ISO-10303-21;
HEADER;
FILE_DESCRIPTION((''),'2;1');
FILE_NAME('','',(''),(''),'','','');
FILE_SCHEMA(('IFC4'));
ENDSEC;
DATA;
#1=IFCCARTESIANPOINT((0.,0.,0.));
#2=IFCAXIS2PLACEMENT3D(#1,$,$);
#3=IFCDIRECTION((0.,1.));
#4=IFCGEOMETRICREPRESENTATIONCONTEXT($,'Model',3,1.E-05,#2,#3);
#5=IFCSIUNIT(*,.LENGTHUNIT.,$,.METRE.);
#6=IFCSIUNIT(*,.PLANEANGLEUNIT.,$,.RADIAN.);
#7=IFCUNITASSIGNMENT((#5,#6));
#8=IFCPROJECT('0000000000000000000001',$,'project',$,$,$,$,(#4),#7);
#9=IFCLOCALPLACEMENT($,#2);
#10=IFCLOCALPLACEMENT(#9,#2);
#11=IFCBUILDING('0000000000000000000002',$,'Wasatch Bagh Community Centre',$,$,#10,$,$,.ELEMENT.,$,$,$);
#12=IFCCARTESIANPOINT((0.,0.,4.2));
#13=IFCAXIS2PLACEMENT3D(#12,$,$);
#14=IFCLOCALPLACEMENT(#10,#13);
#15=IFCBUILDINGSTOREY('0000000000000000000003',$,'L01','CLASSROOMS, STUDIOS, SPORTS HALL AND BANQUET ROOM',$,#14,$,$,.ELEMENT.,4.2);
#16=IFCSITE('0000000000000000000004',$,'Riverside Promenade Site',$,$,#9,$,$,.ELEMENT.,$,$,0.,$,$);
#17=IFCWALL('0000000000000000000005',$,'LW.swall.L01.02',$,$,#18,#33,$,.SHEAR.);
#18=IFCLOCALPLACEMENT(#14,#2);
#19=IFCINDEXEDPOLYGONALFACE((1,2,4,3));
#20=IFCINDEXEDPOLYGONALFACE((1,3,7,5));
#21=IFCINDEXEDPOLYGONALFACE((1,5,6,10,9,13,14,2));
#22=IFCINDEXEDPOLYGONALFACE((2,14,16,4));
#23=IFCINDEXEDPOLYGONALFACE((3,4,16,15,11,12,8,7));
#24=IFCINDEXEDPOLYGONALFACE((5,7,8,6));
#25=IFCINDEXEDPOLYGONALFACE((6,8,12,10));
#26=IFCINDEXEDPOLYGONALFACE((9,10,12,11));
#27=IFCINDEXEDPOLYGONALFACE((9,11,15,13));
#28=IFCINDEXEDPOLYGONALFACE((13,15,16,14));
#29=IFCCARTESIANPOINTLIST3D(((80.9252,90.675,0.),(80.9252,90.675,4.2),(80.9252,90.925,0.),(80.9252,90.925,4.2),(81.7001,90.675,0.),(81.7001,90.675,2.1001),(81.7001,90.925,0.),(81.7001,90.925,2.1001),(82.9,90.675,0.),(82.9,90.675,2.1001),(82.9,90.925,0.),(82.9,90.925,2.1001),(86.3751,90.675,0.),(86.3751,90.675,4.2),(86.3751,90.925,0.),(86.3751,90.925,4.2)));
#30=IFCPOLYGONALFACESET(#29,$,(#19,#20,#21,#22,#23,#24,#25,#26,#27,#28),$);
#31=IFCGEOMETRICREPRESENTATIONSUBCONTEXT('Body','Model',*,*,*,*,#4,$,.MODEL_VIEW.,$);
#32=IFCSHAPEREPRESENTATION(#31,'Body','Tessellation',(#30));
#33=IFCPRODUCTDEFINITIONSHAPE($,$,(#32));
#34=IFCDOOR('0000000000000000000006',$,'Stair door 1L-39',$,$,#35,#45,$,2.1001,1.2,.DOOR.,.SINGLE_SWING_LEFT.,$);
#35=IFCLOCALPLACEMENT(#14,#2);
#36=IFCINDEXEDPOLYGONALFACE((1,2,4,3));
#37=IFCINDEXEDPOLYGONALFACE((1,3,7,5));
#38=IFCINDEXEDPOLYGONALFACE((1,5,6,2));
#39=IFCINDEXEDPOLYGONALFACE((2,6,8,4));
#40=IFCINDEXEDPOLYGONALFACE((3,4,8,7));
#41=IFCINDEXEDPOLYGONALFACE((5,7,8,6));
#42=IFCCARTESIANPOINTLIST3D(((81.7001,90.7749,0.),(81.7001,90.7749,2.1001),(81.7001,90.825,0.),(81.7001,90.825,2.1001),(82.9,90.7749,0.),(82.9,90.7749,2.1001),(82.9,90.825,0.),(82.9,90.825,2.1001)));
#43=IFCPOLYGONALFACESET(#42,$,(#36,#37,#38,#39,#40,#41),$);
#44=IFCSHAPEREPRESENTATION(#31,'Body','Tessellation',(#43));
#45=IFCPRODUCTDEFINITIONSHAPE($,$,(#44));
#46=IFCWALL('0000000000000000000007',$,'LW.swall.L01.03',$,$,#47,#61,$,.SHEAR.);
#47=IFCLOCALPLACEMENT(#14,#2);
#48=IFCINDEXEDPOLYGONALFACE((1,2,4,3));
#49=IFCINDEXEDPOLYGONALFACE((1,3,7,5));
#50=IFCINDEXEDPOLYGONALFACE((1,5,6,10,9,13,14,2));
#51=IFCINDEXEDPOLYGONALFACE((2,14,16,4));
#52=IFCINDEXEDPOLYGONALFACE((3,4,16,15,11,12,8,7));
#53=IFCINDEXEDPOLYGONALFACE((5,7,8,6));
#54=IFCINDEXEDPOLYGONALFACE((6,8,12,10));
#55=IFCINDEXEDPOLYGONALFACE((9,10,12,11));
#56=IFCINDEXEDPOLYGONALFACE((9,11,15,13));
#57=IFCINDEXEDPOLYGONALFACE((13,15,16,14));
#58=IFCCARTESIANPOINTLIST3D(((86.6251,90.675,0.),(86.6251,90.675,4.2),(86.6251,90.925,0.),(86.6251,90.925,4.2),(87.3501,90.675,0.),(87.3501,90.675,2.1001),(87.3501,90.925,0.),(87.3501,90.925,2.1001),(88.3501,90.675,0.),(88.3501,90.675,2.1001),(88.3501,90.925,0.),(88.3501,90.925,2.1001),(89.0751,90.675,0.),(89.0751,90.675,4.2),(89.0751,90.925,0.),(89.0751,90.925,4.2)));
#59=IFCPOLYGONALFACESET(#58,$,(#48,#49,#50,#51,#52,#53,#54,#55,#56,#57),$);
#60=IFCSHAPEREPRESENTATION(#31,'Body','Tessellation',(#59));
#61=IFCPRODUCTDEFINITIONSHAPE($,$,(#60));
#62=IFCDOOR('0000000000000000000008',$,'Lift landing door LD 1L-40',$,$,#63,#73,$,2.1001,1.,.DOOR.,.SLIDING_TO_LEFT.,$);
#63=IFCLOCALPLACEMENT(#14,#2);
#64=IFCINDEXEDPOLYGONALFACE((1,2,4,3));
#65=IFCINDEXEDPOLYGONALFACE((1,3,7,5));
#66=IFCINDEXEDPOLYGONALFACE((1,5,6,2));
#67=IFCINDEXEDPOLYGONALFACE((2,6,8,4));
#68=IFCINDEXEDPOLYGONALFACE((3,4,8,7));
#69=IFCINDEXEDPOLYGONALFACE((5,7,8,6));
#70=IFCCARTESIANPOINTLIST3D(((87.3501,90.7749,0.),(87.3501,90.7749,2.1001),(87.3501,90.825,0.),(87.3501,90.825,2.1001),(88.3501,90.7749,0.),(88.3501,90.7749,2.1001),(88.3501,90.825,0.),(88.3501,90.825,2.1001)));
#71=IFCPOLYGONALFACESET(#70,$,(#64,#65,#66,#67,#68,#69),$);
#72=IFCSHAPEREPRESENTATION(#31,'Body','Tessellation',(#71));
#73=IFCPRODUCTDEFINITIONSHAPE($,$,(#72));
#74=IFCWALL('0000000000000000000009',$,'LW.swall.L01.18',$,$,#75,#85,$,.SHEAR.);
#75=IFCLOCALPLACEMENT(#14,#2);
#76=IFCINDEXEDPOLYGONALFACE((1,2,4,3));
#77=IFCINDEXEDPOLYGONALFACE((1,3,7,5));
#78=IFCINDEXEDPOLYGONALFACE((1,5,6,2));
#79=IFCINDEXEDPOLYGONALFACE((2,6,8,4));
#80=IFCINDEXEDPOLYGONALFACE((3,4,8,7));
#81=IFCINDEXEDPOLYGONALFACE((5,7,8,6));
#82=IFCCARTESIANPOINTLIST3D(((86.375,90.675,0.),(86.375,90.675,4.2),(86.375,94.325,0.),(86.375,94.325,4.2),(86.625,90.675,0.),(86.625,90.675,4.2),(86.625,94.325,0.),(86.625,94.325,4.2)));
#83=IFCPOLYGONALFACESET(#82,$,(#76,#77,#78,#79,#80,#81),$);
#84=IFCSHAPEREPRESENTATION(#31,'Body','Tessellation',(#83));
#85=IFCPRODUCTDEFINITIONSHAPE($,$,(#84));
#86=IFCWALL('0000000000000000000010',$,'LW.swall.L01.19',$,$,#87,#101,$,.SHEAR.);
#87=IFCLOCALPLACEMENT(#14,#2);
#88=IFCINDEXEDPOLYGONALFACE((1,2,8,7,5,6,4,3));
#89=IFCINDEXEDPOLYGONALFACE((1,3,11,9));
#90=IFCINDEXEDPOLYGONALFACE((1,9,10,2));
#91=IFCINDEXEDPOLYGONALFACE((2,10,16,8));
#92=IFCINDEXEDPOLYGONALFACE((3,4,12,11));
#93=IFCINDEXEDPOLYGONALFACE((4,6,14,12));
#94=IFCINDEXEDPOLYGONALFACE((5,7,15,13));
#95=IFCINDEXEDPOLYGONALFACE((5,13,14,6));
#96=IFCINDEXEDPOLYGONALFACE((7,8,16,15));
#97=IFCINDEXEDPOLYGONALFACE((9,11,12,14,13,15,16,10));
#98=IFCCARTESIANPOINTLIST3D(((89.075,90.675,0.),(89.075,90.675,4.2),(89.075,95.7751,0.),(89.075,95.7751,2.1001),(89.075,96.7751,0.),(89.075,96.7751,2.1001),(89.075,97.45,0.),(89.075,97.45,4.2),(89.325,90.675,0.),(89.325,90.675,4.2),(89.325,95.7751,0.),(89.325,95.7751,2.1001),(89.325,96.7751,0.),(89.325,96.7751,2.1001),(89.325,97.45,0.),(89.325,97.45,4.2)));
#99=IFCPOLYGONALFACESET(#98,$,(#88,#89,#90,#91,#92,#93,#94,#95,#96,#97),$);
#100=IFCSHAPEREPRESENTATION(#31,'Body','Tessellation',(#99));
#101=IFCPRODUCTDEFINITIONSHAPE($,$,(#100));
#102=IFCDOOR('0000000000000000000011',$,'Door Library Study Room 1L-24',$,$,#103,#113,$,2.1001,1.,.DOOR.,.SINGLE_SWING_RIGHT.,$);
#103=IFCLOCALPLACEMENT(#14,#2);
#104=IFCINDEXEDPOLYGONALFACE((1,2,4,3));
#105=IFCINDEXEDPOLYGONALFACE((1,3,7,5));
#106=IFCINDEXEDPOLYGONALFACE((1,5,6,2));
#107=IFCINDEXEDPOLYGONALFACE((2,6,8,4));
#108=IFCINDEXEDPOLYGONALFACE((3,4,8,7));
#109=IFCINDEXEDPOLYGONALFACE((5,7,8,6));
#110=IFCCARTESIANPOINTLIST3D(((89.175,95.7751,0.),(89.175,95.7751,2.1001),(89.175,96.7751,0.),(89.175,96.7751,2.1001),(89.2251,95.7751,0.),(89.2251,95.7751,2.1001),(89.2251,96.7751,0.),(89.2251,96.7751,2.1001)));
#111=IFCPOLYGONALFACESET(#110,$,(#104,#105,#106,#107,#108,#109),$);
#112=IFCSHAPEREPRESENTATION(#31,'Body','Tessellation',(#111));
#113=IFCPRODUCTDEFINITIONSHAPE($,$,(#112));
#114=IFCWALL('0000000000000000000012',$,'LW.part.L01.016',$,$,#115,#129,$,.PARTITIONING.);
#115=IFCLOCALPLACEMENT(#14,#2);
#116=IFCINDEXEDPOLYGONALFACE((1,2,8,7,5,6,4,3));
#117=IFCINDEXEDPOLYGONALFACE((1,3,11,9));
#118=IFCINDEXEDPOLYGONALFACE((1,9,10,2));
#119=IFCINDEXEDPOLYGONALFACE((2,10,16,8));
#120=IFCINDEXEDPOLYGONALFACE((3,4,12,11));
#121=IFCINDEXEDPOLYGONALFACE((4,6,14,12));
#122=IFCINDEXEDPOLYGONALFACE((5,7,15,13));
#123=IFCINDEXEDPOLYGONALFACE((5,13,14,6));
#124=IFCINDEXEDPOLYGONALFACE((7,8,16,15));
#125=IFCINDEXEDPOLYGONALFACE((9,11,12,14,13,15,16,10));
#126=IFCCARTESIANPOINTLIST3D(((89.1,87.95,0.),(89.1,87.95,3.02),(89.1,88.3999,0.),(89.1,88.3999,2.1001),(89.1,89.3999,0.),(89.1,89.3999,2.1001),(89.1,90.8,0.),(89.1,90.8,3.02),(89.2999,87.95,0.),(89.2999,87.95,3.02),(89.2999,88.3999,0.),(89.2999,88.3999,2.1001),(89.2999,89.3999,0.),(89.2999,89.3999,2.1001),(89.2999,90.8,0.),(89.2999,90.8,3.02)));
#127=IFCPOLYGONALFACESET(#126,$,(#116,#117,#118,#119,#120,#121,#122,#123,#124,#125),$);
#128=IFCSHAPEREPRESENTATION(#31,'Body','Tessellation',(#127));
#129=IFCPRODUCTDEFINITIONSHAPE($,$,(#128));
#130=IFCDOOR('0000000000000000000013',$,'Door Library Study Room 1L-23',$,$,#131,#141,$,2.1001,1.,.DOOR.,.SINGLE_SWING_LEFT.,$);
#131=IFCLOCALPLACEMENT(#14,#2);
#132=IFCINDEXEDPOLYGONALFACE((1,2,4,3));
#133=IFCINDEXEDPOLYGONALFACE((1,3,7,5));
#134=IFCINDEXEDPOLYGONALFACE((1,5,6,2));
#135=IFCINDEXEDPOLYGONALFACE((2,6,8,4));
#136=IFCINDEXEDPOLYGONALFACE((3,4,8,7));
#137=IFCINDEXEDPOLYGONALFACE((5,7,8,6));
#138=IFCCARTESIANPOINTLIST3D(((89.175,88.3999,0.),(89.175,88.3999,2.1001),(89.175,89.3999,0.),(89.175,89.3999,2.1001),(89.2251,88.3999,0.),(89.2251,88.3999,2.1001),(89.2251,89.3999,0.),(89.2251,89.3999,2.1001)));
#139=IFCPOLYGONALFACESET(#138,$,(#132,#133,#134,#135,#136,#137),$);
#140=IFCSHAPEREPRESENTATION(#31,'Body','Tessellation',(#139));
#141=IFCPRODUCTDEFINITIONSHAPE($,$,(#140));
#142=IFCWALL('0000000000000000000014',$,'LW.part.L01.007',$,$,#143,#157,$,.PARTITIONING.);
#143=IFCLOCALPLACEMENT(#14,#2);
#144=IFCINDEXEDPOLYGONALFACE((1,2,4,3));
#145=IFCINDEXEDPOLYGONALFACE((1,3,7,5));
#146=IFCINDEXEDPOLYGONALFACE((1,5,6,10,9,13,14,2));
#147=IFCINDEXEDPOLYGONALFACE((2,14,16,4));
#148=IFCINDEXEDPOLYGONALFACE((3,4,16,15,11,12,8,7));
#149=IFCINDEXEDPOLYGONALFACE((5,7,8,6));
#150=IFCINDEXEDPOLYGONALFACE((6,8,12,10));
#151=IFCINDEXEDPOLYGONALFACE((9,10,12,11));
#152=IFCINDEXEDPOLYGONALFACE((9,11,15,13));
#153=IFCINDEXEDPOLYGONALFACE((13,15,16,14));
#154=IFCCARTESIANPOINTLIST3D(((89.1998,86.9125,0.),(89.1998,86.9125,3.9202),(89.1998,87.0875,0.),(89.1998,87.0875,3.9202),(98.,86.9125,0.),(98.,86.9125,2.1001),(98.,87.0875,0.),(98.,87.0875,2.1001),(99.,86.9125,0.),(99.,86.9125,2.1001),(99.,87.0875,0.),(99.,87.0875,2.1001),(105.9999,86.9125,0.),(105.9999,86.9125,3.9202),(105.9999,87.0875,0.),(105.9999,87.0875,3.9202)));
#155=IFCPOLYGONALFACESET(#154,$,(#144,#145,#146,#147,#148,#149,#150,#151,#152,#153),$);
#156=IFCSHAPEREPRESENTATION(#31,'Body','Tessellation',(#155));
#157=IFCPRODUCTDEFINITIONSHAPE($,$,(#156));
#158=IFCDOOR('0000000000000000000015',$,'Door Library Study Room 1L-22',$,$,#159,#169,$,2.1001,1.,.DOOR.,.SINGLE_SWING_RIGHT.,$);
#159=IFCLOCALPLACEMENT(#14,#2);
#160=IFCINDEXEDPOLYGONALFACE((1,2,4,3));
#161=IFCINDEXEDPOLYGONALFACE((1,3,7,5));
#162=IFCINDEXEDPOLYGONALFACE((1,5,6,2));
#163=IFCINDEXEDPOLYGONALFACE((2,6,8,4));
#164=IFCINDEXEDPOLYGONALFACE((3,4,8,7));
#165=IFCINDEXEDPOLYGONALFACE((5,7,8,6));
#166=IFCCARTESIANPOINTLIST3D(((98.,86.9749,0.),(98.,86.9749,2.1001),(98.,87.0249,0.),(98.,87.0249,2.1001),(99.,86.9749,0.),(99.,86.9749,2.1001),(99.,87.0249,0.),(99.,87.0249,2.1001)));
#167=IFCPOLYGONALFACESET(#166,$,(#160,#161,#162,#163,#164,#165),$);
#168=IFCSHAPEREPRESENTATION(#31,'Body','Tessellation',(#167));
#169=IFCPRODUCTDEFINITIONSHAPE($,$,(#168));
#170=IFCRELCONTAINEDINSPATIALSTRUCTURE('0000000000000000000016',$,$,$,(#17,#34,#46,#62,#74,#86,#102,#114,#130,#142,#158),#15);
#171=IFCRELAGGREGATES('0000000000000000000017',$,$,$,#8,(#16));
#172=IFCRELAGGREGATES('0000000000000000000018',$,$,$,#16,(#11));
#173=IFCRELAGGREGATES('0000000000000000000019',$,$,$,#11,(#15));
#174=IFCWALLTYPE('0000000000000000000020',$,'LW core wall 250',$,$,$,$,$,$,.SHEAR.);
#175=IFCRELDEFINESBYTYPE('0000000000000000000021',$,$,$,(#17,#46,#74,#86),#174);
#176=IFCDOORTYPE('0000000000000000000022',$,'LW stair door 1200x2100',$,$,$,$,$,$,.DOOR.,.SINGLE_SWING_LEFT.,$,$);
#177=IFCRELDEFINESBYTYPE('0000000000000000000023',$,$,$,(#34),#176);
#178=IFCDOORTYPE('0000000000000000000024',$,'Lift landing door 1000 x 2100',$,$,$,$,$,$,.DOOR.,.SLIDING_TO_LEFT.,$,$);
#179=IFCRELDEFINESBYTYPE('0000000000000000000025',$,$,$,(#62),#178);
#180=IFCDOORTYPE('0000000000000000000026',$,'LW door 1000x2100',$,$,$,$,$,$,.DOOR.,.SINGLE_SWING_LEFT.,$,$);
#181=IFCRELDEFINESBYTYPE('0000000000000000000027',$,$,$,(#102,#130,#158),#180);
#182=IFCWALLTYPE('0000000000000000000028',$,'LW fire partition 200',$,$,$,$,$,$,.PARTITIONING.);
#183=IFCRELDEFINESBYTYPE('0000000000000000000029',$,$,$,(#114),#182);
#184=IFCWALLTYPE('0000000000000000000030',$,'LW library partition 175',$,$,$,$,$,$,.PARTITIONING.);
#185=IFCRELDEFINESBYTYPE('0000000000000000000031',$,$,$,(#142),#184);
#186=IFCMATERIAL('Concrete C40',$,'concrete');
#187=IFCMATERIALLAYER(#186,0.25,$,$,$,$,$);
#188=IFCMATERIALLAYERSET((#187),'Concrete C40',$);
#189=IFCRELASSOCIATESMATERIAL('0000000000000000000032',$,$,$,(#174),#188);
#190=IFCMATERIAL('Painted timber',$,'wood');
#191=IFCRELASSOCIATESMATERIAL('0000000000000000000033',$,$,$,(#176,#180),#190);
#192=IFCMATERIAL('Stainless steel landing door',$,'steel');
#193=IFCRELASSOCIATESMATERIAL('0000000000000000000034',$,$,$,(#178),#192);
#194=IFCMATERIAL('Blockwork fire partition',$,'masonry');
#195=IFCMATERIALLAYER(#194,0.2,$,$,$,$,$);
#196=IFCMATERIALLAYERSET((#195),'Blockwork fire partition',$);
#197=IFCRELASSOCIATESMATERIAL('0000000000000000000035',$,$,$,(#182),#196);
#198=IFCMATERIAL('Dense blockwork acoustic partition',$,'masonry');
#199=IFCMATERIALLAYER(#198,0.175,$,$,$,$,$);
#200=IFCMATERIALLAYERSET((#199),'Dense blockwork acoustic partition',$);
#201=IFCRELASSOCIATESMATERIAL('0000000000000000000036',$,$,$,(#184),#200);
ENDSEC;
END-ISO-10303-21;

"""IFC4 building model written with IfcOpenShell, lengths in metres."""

from ifc_helpers import new_model, si_unit, direction, frame, frame_2d, origin, place, context, subcontext, project, spatial, rectangle, extrude, material, layer, layer_set, type_object, element, fill, save


model = new_model("IFC4")

# Units and contexts
model_context = context("Model", 3, precision=1e-05, world=origin(), true_north=direction((0.0, 1.0)))
body_context = subcontext(model_context, "Body", "Model", "MODEL_VIEW")
ifc_project = project(units=[si_unit("LENGTHUNIT", "METRE"), si_unit("PLANEANGLEUNIT", "RADIAN")], contexts=[model_context])

# Site, building, storey
site_placement = place(None, origin())
site = spatial("IfcSite", under=ifc_project, at=site_placement, Name="Riverside Promenade Site", CompositionType="ELEMENT", RefElevation=0.0)
building_placement = place(site_placement, origin())
building = spatial("IfcBuilding", under=site, at=building_placement, Name="Wasatch Bagh Community Centre", CompositionType="ELEMENT")
storey_placement = place(building_placement, frame((0.0, 0.0, 4.2)))
storey = spatial("IfcBuildingStorey", under=building, at=storey_placement, Name="L01", Description="CLASSROOMS, STUDIOS, SPORTS HALL AND BANQUET ROOM", CompositionType="ELEMENT", Elevation=4.2)

# Shared definitions
ifc_material_1 = material(Name="Concrete C40", Category="concrete")

# Shared definitions
ifc_material_2 = material(Name="Painted timber", Category="wood")

# Walls, openings, doors
ifc_layer_1 = layer(ifc_material_1, 0.25)
ifc_layer_set_1 = layer_set([ifc_layer_1], Name="Concrete C40")
wall_type_1 = type_object("IfcWallType", Name="LW core wall 250", PredefinedType="SHEAR", material=ifc_layer_set_1)
wall_1_placement = place(storey_placement, frame((80.925, 90.8, 0.0), z_axis=(0.0, 0.0, 1.0), x_axis=(1.0, 0.0, 0.0)))
wall_1 = element("IfcWall", 1, at=wall_1_placement, inside=storey, type_object=wall_type_1, Name="LW.swall.L01.02", PredefinedType="SHEAR", context=body_context, shape_type="SweptSolid", body=[
    extrude(rectangle(XDim=5.45, YDim=0.25, at=frame_2d((2.7251, 0.0))), origin(), (0.0, 0.0, 1.0), 4.2),
])
opening_1_placement = place(wall_1_placement, frame((0.7749, 0.0, 0.0)))
opening_1 = element("IfcOpeningElement", 2, at=opening_1_placement, cuts=wall_1, PredefinedType="OPENING", context=body_context, shape_type="SweptSolid", body=[
    extrude(rectangle(XDim=1.2, YDim=2.1001, at=frame_2d((0.6001, 1.05))), frame((0.0, 0.135, 0.0), z_axis=(0.0, -1.0, 0.0), x_axis=(1.0, 0.0, 0.0)), (0.0, 0.0, 1.0), 0.27),
])
door_type_1 = type_object("IfcDoorType", Name="LW stair door 1200x2100", OperationType="SINGLE_SWING_LEFT", PredefinedType="DOOR", material=ifc_material_2)
door_1_placement = place(opening_1_placement, origin())
door_1 = element("IfcDoor", 3, at=door_1_placement, inside=storey, type_object=door_type_1, Name="Stair door 1L-39", OperationType="SINGLE_SWING_LEFT", OverallHeight=2.1001, OverallWidth=1.2, PredefinedType="DOOR", context=body_context, shape_type="SweptSolid", body=[
    extrude(rectangle(XDim=1.2, YDim=2.1001, at=frame_2d((0.6001, 1.05))), frame((0.0, 0.0249, 0.0), z_axis=(0.0, -1.0, 0.0), x_axis=(1.0, 0.0, 0.0)), (0.0, 0.0, 1.0), 0.05),
])
fill(opening_1, door_1)
wall_2_placement = place(storey_placement, frame((86.625, 90.8, 0.0), z_axis=(0.0, 0.0, 1.0), x_axis=(1.0, 0.0, 0.0)))
wall_2 = element("IfcWall", 4, at=wall_2_placement, inside=storey, type_object=wall_type_1, Name="LW.swall.L01.03", PredefinedType="SHEAR", context=body_context, shape_type="SweptSolid", body=[
    extrude(rectangle(XDim=2.45, YDim=0.25, at=frame_2d((1.2251, 0.0))), origin(), (0.0, 0.0, 1.0), 4.2),
])
opening_2_placement = place(wall_2_placement, frame((0.7251, 0.0, 0.0)))
opening_2 = element("IfcOpeningElement", 5, at=opening_2_placement, cuts=wall_2, PredefinedType="OPENING", context=body_context, shape_type="SweptSolid", body=[
    extrude(rectangle(XDim=1.0, YDim=2.1001, at=frame_2d((0.5, 1.05))), frame((0.0, 0.135, 0.0), z_axis=(0.0, -1.0, 0.0), x_axis=(1.0, 0.0, 0.0)), (0.0, 0.0, 1.0), 0.27),
])
ifc_material_3 = material(Name="Stainless steel landing door", Category="steel")
door_type_2 = type_object("IfcDoorType", Name="Lift landing door 1000 x 2100", OperationType="SLIDING_TO_LEFT", PredefinedType="DOOR", material=ifc_material_3)
door_2_placement = place(opening_2_placement, origin())
door_2 = element("IfcDoor", 6, at=door_2_placement, inside=storey, type_object=door_type_2, Name="Lift landing door LD 1L-40", OperationType="SLIDING_TO_LEFT", OverallHeight=2.1001, OverallWidth=1.0, PredefinedType="DOOR", context=body_context, shape_type="SweptSolid", body=[
    extrude(rectangle(XDim=1.0, YDim=2.1001, at=frame_2d((0.5, 1.05))), frame((0.0, 0.0249, 0.0), z_axis=(0.0, -1.0, 0.0), x_axis=(1.0, 0.0, 0.0)), (0.0, 0.0, 1.0), 0.05),
])
fill(opening_2, door_2)

# Wall
wall_3_placement = place(storey_placement, frame((86.5, 90.675, 0.0), z_axis=(0.0, 0.0, 1.0), x_axis=(0.0, 1.0, 0.0)))
element("IfcWall", 7, at=wall_3_placement, inside=storey, type_object=wall_type_1, Name="LW.swall.L01.18", PredefinedType="SHEAR", context=body_context, shape_type="SweptSolid", body=[
    extrude(rectangle(XDim=3.6499, YDim=0.25, at=frame_2d((1.825, 0.0))), origin(), (0.0, 0.0, 1.0), 4.2),
])

# Walls, openings, doors
wall_4_placement = place(storey_placement, frame((89.2, 90.675, 0.0), z_axis=(0.0, 0.0, 1.0), x_axis=(0.0, 1.0, 0.0)))
wall_4 = element("IfcWall", 8, at=wall_4_placement, inside=storey, type_object=wall_type_1, Name="LW.swall.L01.19", PredefinedType="SHEAR", context=body_context, shape_type="SweptSolid", body=[
    extrude(rectangle(XDim=6.7749, YDim=0.25, at=frame_2d((3.3875, 0.0))), origin(), (0.0, 0.0, 1.0), 4.2),
])
opening_3_placement = place(wall_4_placement, frame((5.1001, 0.0, 0.0)))
opening_3 = element("IfcOpeningElement", 9, at=opening_3_placement, cuts=wall_4, PredefinedType="OPENING", context=body_context, shape_type="SweptSolid", body=[
    extrude(rectangle(XDim=1.0, YDim=2.1001, at=frame_2d((0.5, 1.05))), frame((0.0, 0.135, 0.0), z_axis=(0.0, -1.0, 0.0), x_axis=(1.0, 0.0, 0.0)), (0.0, 0.0, 1.0), 0.27),
])
door_type_3 = type_object("IfcDoorType", Name="LW door 1000x2100", OperationType="SINGLE_SWING_LEFT", PredefinedType="DOOR", material=ifc_material_2)
door_3_placement = place(opening_3_placement, origin())
door_3 = element("IfcDoor", 10, at=door_3_placement, inside=storey, type_object=door_type_3, Name="Door Library Study Room 1L-24", OperationType="SINGLE_SWING_RIGHT", OverallHeight=2.1001, OverallWidth=1.0, PredefinedType="DOOR", context=body_context, shape_type="SweptSolid", body=[
    extrude(rectangle(XDim=1.0, YDim=2.1001, at=frame_2d((0.5, 1.05))), frame((0.0, 0.0249, 0.0), z_axis=(0.0, -1.0, 0.0), x_axis=(1.0, 0.0, 0.0)), (0.0, 0.0, 1.0), 0.05),
])
fill(opening_3, door_3)
ifc_material_4 = material(Name="Blockwork fire partition", Category="masonry")
ifc_layer_2 = layer(ifc_material_4, 0.2)
ifc_layer_set_2 = layer_set([ifc_layer_2], Name="Blockwork fire partition")
wall_type_2 = type_object("IfcWallType", Name="LW fire partition 200", PredefinedType="PARTITIONING", material=ifc_layer_set_2)
wall_5_placement = place(storey_placement, frame((89.2, 87.95, 0.0), z_axis=(0.0, 0.0, 1.0), x_axis=(0.0, 1.0, 0.0)))
wall_5 = element("IfcWall", 11, at=wall_5_placement, inside=storey, type_object=wall_type_2, Name="LW.part.L01.016", PredefinedType="PARTITIONING", context=body_context, shape_type="SweptSolid", body=[
    extrude(rectangle(XDim=2.8501, YDim=0.2, at=frame_2d((1.425, 0.0))), origin(), (0.0, 0.0, 1.0), 3.02),
])
opening_4_placement = place(wall_5_placement, frame((0.45, 0.0, 0.0)))
opening_4 = element("IfcOpeningElement", 12, at=opening_4_placement, cuts=wall_5, PredefinedType="OPENING", context=body_context, shape_type="SweptSolid", body=[
    extrude(rectangle(XDim=1.0, YDim=2.1001, at=frame_2d((0.5, 1.05))), frame((0.0, 0.1099, 0.0), z_axis=(0.0, -1.0, 0.0), x_axis=(1.0, 0.0, 0.0)), (0.0, 0.0, 1.0), 0.22),
])
door_4_placement = place(opening_4_placement, origin())
door_4 = element("IfcDoor", 13, at=door_4_placement, inside=storey, type_object=door_type_3, Name="Door Library Study Room 1L-23", OperationType="SINGLE_SWING_LEFT", OverallHeight=2.1001, OverallWidth=1.0, PredefinedType="DOOR", context=body_context, shape_type="SweptSolid", body=[
    extrude(rectangle(XDim=1.0, YDim=2.1001, at=frame_2d((0.5, 1.05))), frame((0.0, 0.0249, 0.0), z_axis=(0.0, -1.0, 0.0), x_axis=(1.0, 0.0, 0.0)), (0.0, 0.0, 1.0), 0.05),
])
fill(opening_4, door_4)
ifc_material_5 = material(Name="Dense blockwork acoustic partition", Category="masonry")
ifc_layer_3 = layer(ifc_material_5, 0.175)
ifc_layer_set_3 = layer_set([ifc_layer_3], Name="Dense blockwork acoustic partition")
wall_type_3 = type_object("IfcWallType", Name="LW library partition 175", PredefinedType="PARTITIONING", material=ifc_layer_set_3)
wall_6_placement = place(storey_placement, frame((89.2, 87.0, 0.0), z_axis=(0.0, 0.0, 1.0), x_axis=(1.0, 0.0, 0.0)))
wall_6 = element("IfcWall", 14, at=wall_6_placement, inside=storey, type_object=wall_type_3, Name="LW.part.L01.007", PredefinedType="PARTITIONING", context=body_context, shape_type="SweptSolid", body=[
    extrude(rectangle(XDim=16.8, YDim=0.175, at=frame_2d((8.3999, 0.0))), origin(), (0.0, 0.0, 1.0), 3.9202),
])
opening_5_placement = place(wall_6_placement, frame((8.8, 0.0, 0.0)))
opening_5 = element("IfcOpeningElement", 15, at=opening_5_placement, cuts=wall_6, PredefinedType="OPENING", context=body_context, shape_type="SweptSolid", body=[
    extrude(rectangle(XDim=1.0, YDim=2.1001, at=frame_2d((0.5, 1.05))), frame((0.0, 0.0974, 0.0), z_axis=(0.0, -1.0, 0.0), x_axis=(1.0, 0.0, 0.0)), (0.0, 0.0, 1.0), 0.1951),
])
door_5_placement = place(opening_5_placement, origin())
door_5 = element("IfcDoor", 16, at=door_5_placement, inside=storey, type_object=door_type_3, Name="Door Library Study Room 1L-22", OperationType="SINGLE_SWING_RIGHT", OverallHeight=2.1001, OverallWidth=1.0, PredefinedType="DOOR", context=body_context, shape_type="SweptSolid", body=[
    extrude(rectangle(XDim=1.0, YDim=2.1001, at=frame_2d((0.5, 1.05))), frame((0.0, 0.0249, 0.0), z_axis=(0.0, -1.0, 0.0), x_axis=(1.0, 0.0, 0.0)), (0.0, 0.0, 1.0), 0.05),
])
fill(opening_5, door_5)

save(model, "model.ifc")
